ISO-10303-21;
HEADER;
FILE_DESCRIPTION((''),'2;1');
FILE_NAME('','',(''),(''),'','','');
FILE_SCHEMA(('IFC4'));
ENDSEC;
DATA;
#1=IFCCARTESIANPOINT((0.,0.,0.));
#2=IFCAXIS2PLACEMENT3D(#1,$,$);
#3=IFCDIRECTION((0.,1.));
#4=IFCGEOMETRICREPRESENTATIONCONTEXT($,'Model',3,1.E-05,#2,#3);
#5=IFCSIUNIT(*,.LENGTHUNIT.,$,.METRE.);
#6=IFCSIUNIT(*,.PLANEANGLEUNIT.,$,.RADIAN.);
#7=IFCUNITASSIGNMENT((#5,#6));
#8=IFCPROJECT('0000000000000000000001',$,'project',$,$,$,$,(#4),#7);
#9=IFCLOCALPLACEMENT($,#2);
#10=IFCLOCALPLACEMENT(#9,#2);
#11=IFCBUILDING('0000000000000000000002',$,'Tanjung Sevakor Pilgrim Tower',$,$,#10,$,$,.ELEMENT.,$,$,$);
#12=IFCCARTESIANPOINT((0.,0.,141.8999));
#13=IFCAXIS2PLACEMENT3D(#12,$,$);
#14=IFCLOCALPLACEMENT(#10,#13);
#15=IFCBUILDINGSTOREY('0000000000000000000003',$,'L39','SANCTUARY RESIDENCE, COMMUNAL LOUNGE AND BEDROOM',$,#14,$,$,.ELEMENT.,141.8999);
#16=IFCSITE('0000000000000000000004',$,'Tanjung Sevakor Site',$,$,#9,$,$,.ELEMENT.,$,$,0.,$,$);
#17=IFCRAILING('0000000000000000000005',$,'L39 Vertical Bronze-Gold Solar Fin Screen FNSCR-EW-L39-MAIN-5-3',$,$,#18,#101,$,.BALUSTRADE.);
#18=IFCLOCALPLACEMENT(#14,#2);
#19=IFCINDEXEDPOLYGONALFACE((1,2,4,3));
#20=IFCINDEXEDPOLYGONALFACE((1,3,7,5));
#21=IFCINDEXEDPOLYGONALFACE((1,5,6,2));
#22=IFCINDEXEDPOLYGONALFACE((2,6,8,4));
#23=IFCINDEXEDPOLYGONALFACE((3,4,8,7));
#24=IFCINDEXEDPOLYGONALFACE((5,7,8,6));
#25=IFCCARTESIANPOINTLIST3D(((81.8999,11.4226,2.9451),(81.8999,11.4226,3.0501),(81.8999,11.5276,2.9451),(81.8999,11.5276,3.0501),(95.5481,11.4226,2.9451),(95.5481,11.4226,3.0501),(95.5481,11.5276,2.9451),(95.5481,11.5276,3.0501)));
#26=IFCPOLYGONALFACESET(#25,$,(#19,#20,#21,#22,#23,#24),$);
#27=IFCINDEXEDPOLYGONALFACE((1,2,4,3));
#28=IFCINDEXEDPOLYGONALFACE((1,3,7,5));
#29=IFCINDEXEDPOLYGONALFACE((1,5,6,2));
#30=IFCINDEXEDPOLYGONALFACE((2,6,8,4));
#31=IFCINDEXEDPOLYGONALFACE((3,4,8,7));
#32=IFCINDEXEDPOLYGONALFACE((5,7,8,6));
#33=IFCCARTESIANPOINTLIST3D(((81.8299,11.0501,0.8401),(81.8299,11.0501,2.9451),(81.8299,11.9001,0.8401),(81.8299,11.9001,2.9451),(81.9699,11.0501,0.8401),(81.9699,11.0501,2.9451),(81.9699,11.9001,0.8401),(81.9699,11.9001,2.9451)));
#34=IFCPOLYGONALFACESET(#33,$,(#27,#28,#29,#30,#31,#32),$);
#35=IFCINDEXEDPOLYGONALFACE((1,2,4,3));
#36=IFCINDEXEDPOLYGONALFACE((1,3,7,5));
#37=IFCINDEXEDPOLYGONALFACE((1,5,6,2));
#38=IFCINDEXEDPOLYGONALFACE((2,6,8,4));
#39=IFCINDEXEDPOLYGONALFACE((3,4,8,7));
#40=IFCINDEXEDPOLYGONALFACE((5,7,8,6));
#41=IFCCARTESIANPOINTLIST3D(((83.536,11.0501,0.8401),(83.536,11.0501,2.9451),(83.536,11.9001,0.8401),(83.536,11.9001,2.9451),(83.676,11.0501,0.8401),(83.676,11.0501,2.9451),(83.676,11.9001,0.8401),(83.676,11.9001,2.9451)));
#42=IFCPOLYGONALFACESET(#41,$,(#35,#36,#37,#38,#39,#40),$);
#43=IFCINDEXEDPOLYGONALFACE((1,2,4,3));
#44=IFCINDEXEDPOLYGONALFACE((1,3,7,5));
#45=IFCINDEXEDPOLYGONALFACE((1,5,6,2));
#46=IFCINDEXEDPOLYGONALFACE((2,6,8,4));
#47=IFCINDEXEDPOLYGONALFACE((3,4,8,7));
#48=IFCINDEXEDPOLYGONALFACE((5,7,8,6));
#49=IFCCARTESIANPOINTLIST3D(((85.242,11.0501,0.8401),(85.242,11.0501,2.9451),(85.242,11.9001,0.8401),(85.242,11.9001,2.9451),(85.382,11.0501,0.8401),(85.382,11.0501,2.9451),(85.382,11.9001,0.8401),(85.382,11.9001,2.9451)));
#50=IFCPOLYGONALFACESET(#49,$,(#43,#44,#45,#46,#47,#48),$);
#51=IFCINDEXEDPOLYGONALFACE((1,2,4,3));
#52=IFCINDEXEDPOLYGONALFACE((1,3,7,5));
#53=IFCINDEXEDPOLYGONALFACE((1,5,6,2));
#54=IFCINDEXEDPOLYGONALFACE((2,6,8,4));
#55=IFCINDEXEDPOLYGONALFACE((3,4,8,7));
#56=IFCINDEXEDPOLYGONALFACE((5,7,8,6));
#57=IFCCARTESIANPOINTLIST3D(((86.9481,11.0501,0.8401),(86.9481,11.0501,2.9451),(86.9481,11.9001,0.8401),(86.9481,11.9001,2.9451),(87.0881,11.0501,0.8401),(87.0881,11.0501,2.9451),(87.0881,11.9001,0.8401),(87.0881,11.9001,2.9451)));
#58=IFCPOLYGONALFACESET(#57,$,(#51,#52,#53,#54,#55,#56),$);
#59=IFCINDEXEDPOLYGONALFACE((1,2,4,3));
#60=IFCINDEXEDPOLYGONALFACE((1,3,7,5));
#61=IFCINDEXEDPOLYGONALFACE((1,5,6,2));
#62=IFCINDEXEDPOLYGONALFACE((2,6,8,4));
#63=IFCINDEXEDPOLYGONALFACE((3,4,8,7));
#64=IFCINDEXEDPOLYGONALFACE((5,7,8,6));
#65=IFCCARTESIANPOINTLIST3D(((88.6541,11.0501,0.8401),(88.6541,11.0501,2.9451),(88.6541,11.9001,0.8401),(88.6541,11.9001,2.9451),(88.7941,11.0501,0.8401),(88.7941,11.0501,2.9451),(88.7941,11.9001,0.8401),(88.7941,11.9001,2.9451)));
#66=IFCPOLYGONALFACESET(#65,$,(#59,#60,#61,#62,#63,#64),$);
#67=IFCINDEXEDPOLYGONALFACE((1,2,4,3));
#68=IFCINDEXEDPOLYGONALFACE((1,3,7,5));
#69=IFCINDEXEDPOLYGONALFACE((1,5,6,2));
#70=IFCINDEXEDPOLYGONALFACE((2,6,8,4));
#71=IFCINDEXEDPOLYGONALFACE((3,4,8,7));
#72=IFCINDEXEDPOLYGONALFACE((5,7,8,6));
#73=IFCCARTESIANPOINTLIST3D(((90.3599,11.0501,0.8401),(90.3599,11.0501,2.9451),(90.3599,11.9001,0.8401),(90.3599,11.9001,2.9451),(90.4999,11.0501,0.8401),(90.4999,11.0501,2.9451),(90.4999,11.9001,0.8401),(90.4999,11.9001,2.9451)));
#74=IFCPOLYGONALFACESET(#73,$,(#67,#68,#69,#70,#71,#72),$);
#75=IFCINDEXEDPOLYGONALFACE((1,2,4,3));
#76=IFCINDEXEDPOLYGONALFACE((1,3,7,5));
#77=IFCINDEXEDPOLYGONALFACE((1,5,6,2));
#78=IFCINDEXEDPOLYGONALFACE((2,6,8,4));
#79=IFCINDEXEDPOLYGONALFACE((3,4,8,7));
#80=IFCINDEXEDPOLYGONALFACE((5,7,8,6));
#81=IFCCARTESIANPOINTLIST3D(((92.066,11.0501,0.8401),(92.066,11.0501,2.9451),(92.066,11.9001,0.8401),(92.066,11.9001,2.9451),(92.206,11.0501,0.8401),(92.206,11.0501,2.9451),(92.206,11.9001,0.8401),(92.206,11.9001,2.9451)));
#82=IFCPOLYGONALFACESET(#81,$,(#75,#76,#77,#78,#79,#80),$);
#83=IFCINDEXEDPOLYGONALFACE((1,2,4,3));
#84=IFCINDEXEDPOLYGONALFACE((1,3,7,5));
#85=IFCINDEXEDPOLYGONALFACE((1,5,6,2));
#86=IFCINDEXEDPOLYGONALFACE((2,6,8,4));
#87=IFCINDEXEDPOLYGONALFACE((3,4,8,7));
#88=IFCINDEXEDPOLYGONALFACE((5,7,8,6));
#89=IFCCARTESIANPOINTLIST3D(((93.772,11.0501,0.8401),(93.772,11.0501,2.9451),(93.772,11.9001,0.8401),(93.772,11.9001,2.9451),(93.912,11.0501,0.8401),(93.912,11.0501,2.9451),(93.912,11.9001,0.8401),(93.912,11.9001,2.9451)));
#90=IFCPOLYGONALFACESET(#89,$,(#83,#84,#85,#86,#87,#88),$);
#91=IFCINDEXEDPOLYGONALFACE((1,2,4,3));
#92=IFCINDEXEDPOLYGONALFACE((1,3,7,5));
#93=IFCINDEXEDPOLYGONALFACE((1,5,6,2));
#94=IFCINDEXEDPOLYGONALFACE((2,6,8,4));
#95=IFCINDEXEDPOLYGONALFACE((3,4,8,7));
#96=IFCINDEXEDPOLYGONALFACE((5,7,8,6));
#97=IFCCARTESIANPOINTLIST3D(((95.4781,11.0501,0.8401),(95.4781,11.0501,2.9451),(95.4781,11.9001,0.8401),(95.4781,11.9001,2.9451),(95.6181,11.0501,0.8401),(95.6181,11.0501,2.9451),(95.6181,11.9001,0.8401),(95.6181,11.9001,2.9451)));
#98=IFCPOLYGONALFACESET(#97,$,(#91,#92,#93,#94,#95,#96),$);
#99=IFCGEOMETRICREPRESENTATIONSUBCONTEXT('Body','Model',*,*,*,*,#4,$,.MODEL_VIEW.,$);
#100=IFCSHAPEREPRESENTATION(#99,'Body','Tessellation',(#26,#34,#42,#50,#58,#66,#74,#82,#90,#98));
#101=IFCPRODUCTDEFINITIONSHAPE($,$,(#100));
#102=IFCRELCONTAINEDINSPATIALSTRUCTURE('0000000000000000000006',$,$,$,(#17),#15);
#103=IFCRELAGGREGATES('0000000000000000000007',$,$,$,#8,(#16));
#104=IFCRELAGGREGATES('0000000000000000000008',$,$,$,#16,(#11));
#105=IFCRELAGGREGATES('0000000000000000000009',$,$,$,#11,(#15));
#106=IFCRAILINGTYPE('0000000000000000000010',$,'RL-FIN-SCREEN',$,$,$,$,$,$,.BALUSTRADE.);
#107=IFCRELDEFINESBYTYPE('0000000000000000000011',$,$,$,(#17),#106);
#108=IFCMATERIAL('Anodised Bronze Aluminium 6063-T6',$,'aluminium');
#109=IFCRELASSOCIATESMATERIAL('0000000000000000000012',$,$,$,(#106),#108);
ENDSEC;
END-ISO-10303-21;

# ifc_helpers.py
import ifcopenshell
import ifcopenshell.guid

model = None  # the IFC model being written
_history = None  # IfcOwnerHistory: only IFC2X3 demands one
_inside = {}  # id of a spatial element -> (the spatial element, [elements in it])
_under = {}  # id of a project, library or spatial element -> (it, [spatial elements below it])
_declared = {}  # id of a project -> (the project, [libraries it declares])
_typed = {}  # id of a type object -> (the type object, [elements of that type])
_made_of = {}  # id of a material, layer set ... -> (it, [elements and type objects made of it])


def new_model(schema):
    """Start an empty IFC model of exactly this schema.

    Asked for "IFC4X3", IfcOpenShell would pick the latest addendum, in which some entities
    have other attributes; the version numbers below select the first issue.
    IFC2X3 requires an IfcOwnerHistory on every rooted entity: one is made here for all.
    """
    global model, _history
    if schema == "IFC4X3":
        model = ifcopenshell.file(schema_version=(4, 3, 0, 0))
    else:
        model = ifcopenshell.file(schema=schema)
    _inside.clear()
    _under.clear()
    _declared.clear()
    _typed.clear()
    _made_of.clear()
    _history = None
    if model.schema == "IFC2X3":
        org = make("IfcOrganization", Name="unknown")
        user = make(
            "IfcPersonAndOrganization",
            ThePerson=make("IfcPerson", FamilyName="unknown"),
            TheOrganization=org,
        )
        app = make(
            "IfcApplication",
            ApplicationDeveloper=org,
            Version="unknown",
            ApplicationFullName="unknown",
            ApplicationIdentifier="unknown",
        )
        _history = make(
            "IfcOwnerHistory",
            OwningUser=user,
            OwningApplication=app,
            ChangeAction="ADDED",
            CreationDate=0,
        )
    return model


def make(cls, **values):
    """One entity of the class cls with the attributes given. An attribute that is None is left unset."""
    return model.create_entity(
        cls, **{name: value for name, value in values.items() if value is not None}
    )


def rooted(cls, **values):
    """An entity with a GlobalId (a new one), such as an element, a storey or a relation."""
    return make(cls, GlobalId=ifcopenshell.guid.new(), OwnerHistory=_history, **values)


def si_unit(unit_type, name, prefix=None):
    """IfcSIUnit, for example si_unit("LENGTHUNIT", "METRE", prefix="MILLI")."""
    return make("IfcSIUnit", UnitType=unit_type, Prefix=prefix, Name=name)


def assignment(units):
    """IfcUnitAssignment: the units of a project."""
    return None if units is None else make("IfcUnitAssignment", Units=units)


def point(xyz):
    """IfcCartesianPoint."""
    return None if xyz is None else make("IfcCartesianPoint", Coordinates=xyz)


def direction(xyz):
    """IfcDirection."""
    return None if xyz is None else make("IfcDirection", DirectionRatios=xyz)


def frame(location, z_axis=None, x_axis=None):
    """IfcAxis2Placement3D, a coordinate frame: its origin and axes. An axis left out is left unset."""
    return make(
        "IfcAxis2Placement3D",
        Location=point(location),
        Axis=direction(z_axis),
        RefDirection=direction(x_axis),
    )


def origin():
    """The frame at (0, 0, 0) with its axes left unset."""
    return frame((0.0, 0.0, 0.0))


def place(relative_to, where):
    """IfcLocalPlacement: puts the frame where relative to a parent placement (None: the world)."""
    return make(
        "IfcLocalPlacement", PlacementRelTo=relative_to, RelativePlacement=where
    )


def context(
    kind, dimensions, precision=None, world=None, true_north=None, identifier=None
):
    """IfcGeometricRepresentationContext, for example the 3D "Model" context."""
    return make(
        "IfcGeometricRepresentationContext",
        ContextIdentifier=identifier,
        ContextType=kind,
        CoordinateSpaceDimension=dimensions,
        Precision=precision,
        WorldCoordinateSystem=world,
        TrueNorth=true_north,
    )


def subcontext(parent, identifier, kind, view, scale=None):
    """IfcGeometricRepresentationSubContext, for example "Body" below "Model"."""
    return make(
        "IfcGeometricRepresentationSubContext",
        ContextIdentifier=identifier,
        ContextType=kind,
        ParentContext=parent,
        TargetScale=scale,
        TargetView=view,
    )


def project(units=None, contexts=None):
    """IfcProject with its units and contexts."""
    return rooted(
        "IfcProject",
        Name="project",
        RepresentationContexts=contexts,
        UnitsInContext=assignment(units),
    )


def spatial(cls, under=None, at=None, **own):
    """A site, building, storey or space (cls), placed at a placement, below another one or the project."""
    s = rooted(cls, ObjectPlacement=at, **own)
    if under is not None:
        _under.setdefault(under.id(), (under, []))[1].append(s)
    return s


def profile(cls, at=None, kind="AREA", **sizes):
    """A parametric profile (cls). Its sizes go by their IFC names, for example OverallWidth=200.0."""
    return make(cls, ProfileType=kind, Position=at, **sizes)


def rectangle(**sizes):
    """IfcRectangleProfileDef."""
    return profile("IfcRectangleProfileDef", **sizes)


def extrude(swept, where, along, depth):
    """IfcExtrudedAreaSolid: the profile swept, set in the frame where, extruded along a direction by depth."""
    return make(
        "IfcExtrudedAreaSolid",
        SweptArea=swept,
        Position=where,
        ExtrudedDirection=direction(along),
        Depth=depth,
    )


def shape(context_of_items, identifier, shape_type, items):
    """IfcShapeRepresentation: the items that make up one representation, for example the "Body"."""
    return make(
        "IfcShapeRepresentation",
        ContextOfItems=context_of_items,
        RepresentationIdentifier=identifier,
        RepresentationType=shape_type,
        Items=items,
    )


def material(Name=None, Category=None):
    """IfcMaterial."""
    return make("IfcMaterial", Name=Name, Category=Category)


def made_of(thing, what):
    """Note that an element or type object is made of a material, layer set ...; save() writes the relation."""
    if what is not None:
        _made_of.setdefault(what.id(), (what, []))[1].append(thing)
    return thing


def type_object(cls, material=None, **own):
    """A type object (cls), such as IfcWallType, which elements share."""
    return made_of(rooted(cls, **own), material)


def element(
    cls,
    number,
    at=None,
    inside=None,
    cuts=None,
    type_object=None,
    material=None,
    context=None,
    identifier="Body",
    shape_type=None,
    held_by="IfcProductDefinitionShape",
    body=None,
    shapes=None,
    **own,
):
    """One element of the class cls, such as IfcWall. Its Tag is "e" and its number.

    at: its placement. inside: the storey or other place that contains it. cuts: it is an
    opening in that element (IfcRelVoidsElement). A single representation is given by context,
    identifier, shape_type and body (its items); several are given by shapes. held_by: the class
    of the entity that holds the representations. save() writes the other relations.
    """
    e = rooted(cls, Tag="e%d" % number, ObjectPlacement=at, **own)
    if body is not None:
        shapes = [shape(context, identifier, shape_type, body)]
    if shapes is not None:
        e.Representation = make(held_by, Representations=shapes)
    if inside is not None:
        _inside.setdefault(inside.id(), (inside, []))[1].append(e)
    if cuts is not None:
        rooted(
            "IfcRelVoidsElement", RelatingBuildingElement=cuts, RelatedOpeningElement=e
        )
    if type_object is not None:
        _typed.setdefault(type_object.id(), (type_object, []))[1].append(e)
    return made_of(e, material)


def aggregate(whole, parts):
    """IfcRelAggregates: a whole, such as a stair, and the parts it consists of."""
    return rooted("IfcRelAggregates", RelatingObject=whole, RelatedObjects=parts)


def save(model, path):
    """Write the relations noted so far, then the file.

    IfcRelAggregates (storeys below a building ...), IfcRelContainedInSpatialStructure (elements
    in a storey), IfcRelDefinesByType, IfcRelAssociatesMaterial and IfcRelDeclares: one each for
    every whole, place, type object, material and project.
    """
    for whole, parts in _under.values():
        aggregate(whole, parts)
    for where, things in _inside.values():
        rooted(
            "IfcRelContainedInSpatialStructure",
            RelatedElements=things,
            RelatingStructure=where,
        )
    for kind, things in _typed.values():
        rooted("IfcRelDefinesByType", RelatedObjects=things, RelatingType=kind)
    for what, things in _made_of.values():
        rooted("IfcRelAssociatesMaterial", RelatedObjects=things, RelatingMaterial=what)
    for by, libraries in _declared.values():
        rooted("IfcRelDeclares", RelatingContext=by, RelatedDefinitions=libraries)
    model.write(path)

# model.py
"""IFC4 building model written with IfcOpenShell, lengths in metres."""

from ifc_helpers import new_model, si_unit, direction, frame, origin, place, context, subcontext, project, spatial, rectangle, extrude, material, type_object, element, save


model = new_model("IFC4")

# Units and contexts
model_context = context("Model", 3, precision=1e-05, world=origin(), true_north=direction((0.0, 1.0)))
body_context = subcontext(model_context, "Body", "Model", "MODEL_VIEW")
ifc_project = project(units=[si_unit("LENGTHUNIT", "METRE"), si_unit("PLANEANGLEUNIT", "RADIAN")], contexts=[model_context])

# Site, building, storey
site_placement = place(None, origin())
site = spatial("IfcSite", under=ifc_project, at=site_placement, Name="Tanjung Sevakor Site", CompositionType="ELEMENT", RefElevation=0.0)
building_placement = place(site_placement, origin())
building = spatial("IfcBuilding", under=site, at=building_placement, Name="Tanjung Sevakor Pilgrim Tower", CompositionType="ELEMENT")
storey_placement = place(building_placement, frame((0.0, 0.0, 141.8999)))
storey = spatial("IfcBuildingStorey", under=building, at=storey_placement, Name="L39", Description="SANCTUARY RESIDENCE, COMMUNAL LOUNGE AND BEDROOM", CompositionType="ELEMENT", Elevation=141.8999)

# Railing
ifc_material_1 = material(Name="Anodised Bronze Aluminium 6063-T6", Category="aluminium")
railing_type = type_object("IfcRailingType", Name="RL-FIN-SCREEN", PredefinedType="BALUSTRADE", material=ifc_material_1)
railing_placement = place(storey_placement, frame((81.8999, 11.4751, 0.8401)))
element("IfcRailing", 1, at=railing_placement, inside=storey, type_object=railing_type, Name="L39 Vertical Bronze-Gold Solar Fin Screen FNSCR-EW-L39-MAIN-5-3", PredefinedType="BALUSTRADE", context=body_context, shape_type="SweptSolid", body=[
    extrude(rectangle(XDim=0.105, YDim=0.105), frame((0.0, 0.0, 2.1575), z_axis=(1.0, 0.0, 0.0), x_axis=(0.0, 1.0, 0.0)), (0.0, 0.0, 1.0), 13.6482),
    extrude(rectangle(XDim=0.14, YDim=0.85), origin(), (0.0, 0.0, 1.0), 2.105),
    extrude(rectangle(XDim=0.14, YDim=0.85), frame((1.7061, 0.0, 0.0)), (0.0, 0.0, 1.0), 2.105),
    extrude(rectangle(XDim=0.14, YDim=0.85), frame((3.4121, 0.0, 0.0)), (0.0, 0.0, 1.0), 2.105),
    extrude(rectangle(XDim=0.14, YDim=0.85), frame((5.1182, 0.0, 0.0)), (0.0, 0.0, 1.0), 2.105),
    extrude(rectangle(XDim=0.14, YDim=0.85), frame((6.8242, 0.0, 0.0)), (0.0, 0.0, 1.0), 2.105),
    extrude(rectangle(XDim=0.14, YDim=0.85), frame((8.53, 0.0, 0.0)), (0.0, 0.0, 1.0), 2.105),
    extrude(rectangle(XDim=0.14, YDim=0.85), frame((10.2361, 0.0, 0.0)), (0.0, 0.0, 1.0), 2.105),
    extrude(rectangle(XDim=0.14, YDim=0.85), frame((11.9421, 0.0, 0.0)), (0.0, 0.0, 1.0), 2.105),
    extrude(rectangle(XDim=0.14, YDim=0.85), frame((13.6482, 0.0, 0.0)), (0.0, 0.0, 1.0), 2.105),
])

save(model, "model.ifc")
